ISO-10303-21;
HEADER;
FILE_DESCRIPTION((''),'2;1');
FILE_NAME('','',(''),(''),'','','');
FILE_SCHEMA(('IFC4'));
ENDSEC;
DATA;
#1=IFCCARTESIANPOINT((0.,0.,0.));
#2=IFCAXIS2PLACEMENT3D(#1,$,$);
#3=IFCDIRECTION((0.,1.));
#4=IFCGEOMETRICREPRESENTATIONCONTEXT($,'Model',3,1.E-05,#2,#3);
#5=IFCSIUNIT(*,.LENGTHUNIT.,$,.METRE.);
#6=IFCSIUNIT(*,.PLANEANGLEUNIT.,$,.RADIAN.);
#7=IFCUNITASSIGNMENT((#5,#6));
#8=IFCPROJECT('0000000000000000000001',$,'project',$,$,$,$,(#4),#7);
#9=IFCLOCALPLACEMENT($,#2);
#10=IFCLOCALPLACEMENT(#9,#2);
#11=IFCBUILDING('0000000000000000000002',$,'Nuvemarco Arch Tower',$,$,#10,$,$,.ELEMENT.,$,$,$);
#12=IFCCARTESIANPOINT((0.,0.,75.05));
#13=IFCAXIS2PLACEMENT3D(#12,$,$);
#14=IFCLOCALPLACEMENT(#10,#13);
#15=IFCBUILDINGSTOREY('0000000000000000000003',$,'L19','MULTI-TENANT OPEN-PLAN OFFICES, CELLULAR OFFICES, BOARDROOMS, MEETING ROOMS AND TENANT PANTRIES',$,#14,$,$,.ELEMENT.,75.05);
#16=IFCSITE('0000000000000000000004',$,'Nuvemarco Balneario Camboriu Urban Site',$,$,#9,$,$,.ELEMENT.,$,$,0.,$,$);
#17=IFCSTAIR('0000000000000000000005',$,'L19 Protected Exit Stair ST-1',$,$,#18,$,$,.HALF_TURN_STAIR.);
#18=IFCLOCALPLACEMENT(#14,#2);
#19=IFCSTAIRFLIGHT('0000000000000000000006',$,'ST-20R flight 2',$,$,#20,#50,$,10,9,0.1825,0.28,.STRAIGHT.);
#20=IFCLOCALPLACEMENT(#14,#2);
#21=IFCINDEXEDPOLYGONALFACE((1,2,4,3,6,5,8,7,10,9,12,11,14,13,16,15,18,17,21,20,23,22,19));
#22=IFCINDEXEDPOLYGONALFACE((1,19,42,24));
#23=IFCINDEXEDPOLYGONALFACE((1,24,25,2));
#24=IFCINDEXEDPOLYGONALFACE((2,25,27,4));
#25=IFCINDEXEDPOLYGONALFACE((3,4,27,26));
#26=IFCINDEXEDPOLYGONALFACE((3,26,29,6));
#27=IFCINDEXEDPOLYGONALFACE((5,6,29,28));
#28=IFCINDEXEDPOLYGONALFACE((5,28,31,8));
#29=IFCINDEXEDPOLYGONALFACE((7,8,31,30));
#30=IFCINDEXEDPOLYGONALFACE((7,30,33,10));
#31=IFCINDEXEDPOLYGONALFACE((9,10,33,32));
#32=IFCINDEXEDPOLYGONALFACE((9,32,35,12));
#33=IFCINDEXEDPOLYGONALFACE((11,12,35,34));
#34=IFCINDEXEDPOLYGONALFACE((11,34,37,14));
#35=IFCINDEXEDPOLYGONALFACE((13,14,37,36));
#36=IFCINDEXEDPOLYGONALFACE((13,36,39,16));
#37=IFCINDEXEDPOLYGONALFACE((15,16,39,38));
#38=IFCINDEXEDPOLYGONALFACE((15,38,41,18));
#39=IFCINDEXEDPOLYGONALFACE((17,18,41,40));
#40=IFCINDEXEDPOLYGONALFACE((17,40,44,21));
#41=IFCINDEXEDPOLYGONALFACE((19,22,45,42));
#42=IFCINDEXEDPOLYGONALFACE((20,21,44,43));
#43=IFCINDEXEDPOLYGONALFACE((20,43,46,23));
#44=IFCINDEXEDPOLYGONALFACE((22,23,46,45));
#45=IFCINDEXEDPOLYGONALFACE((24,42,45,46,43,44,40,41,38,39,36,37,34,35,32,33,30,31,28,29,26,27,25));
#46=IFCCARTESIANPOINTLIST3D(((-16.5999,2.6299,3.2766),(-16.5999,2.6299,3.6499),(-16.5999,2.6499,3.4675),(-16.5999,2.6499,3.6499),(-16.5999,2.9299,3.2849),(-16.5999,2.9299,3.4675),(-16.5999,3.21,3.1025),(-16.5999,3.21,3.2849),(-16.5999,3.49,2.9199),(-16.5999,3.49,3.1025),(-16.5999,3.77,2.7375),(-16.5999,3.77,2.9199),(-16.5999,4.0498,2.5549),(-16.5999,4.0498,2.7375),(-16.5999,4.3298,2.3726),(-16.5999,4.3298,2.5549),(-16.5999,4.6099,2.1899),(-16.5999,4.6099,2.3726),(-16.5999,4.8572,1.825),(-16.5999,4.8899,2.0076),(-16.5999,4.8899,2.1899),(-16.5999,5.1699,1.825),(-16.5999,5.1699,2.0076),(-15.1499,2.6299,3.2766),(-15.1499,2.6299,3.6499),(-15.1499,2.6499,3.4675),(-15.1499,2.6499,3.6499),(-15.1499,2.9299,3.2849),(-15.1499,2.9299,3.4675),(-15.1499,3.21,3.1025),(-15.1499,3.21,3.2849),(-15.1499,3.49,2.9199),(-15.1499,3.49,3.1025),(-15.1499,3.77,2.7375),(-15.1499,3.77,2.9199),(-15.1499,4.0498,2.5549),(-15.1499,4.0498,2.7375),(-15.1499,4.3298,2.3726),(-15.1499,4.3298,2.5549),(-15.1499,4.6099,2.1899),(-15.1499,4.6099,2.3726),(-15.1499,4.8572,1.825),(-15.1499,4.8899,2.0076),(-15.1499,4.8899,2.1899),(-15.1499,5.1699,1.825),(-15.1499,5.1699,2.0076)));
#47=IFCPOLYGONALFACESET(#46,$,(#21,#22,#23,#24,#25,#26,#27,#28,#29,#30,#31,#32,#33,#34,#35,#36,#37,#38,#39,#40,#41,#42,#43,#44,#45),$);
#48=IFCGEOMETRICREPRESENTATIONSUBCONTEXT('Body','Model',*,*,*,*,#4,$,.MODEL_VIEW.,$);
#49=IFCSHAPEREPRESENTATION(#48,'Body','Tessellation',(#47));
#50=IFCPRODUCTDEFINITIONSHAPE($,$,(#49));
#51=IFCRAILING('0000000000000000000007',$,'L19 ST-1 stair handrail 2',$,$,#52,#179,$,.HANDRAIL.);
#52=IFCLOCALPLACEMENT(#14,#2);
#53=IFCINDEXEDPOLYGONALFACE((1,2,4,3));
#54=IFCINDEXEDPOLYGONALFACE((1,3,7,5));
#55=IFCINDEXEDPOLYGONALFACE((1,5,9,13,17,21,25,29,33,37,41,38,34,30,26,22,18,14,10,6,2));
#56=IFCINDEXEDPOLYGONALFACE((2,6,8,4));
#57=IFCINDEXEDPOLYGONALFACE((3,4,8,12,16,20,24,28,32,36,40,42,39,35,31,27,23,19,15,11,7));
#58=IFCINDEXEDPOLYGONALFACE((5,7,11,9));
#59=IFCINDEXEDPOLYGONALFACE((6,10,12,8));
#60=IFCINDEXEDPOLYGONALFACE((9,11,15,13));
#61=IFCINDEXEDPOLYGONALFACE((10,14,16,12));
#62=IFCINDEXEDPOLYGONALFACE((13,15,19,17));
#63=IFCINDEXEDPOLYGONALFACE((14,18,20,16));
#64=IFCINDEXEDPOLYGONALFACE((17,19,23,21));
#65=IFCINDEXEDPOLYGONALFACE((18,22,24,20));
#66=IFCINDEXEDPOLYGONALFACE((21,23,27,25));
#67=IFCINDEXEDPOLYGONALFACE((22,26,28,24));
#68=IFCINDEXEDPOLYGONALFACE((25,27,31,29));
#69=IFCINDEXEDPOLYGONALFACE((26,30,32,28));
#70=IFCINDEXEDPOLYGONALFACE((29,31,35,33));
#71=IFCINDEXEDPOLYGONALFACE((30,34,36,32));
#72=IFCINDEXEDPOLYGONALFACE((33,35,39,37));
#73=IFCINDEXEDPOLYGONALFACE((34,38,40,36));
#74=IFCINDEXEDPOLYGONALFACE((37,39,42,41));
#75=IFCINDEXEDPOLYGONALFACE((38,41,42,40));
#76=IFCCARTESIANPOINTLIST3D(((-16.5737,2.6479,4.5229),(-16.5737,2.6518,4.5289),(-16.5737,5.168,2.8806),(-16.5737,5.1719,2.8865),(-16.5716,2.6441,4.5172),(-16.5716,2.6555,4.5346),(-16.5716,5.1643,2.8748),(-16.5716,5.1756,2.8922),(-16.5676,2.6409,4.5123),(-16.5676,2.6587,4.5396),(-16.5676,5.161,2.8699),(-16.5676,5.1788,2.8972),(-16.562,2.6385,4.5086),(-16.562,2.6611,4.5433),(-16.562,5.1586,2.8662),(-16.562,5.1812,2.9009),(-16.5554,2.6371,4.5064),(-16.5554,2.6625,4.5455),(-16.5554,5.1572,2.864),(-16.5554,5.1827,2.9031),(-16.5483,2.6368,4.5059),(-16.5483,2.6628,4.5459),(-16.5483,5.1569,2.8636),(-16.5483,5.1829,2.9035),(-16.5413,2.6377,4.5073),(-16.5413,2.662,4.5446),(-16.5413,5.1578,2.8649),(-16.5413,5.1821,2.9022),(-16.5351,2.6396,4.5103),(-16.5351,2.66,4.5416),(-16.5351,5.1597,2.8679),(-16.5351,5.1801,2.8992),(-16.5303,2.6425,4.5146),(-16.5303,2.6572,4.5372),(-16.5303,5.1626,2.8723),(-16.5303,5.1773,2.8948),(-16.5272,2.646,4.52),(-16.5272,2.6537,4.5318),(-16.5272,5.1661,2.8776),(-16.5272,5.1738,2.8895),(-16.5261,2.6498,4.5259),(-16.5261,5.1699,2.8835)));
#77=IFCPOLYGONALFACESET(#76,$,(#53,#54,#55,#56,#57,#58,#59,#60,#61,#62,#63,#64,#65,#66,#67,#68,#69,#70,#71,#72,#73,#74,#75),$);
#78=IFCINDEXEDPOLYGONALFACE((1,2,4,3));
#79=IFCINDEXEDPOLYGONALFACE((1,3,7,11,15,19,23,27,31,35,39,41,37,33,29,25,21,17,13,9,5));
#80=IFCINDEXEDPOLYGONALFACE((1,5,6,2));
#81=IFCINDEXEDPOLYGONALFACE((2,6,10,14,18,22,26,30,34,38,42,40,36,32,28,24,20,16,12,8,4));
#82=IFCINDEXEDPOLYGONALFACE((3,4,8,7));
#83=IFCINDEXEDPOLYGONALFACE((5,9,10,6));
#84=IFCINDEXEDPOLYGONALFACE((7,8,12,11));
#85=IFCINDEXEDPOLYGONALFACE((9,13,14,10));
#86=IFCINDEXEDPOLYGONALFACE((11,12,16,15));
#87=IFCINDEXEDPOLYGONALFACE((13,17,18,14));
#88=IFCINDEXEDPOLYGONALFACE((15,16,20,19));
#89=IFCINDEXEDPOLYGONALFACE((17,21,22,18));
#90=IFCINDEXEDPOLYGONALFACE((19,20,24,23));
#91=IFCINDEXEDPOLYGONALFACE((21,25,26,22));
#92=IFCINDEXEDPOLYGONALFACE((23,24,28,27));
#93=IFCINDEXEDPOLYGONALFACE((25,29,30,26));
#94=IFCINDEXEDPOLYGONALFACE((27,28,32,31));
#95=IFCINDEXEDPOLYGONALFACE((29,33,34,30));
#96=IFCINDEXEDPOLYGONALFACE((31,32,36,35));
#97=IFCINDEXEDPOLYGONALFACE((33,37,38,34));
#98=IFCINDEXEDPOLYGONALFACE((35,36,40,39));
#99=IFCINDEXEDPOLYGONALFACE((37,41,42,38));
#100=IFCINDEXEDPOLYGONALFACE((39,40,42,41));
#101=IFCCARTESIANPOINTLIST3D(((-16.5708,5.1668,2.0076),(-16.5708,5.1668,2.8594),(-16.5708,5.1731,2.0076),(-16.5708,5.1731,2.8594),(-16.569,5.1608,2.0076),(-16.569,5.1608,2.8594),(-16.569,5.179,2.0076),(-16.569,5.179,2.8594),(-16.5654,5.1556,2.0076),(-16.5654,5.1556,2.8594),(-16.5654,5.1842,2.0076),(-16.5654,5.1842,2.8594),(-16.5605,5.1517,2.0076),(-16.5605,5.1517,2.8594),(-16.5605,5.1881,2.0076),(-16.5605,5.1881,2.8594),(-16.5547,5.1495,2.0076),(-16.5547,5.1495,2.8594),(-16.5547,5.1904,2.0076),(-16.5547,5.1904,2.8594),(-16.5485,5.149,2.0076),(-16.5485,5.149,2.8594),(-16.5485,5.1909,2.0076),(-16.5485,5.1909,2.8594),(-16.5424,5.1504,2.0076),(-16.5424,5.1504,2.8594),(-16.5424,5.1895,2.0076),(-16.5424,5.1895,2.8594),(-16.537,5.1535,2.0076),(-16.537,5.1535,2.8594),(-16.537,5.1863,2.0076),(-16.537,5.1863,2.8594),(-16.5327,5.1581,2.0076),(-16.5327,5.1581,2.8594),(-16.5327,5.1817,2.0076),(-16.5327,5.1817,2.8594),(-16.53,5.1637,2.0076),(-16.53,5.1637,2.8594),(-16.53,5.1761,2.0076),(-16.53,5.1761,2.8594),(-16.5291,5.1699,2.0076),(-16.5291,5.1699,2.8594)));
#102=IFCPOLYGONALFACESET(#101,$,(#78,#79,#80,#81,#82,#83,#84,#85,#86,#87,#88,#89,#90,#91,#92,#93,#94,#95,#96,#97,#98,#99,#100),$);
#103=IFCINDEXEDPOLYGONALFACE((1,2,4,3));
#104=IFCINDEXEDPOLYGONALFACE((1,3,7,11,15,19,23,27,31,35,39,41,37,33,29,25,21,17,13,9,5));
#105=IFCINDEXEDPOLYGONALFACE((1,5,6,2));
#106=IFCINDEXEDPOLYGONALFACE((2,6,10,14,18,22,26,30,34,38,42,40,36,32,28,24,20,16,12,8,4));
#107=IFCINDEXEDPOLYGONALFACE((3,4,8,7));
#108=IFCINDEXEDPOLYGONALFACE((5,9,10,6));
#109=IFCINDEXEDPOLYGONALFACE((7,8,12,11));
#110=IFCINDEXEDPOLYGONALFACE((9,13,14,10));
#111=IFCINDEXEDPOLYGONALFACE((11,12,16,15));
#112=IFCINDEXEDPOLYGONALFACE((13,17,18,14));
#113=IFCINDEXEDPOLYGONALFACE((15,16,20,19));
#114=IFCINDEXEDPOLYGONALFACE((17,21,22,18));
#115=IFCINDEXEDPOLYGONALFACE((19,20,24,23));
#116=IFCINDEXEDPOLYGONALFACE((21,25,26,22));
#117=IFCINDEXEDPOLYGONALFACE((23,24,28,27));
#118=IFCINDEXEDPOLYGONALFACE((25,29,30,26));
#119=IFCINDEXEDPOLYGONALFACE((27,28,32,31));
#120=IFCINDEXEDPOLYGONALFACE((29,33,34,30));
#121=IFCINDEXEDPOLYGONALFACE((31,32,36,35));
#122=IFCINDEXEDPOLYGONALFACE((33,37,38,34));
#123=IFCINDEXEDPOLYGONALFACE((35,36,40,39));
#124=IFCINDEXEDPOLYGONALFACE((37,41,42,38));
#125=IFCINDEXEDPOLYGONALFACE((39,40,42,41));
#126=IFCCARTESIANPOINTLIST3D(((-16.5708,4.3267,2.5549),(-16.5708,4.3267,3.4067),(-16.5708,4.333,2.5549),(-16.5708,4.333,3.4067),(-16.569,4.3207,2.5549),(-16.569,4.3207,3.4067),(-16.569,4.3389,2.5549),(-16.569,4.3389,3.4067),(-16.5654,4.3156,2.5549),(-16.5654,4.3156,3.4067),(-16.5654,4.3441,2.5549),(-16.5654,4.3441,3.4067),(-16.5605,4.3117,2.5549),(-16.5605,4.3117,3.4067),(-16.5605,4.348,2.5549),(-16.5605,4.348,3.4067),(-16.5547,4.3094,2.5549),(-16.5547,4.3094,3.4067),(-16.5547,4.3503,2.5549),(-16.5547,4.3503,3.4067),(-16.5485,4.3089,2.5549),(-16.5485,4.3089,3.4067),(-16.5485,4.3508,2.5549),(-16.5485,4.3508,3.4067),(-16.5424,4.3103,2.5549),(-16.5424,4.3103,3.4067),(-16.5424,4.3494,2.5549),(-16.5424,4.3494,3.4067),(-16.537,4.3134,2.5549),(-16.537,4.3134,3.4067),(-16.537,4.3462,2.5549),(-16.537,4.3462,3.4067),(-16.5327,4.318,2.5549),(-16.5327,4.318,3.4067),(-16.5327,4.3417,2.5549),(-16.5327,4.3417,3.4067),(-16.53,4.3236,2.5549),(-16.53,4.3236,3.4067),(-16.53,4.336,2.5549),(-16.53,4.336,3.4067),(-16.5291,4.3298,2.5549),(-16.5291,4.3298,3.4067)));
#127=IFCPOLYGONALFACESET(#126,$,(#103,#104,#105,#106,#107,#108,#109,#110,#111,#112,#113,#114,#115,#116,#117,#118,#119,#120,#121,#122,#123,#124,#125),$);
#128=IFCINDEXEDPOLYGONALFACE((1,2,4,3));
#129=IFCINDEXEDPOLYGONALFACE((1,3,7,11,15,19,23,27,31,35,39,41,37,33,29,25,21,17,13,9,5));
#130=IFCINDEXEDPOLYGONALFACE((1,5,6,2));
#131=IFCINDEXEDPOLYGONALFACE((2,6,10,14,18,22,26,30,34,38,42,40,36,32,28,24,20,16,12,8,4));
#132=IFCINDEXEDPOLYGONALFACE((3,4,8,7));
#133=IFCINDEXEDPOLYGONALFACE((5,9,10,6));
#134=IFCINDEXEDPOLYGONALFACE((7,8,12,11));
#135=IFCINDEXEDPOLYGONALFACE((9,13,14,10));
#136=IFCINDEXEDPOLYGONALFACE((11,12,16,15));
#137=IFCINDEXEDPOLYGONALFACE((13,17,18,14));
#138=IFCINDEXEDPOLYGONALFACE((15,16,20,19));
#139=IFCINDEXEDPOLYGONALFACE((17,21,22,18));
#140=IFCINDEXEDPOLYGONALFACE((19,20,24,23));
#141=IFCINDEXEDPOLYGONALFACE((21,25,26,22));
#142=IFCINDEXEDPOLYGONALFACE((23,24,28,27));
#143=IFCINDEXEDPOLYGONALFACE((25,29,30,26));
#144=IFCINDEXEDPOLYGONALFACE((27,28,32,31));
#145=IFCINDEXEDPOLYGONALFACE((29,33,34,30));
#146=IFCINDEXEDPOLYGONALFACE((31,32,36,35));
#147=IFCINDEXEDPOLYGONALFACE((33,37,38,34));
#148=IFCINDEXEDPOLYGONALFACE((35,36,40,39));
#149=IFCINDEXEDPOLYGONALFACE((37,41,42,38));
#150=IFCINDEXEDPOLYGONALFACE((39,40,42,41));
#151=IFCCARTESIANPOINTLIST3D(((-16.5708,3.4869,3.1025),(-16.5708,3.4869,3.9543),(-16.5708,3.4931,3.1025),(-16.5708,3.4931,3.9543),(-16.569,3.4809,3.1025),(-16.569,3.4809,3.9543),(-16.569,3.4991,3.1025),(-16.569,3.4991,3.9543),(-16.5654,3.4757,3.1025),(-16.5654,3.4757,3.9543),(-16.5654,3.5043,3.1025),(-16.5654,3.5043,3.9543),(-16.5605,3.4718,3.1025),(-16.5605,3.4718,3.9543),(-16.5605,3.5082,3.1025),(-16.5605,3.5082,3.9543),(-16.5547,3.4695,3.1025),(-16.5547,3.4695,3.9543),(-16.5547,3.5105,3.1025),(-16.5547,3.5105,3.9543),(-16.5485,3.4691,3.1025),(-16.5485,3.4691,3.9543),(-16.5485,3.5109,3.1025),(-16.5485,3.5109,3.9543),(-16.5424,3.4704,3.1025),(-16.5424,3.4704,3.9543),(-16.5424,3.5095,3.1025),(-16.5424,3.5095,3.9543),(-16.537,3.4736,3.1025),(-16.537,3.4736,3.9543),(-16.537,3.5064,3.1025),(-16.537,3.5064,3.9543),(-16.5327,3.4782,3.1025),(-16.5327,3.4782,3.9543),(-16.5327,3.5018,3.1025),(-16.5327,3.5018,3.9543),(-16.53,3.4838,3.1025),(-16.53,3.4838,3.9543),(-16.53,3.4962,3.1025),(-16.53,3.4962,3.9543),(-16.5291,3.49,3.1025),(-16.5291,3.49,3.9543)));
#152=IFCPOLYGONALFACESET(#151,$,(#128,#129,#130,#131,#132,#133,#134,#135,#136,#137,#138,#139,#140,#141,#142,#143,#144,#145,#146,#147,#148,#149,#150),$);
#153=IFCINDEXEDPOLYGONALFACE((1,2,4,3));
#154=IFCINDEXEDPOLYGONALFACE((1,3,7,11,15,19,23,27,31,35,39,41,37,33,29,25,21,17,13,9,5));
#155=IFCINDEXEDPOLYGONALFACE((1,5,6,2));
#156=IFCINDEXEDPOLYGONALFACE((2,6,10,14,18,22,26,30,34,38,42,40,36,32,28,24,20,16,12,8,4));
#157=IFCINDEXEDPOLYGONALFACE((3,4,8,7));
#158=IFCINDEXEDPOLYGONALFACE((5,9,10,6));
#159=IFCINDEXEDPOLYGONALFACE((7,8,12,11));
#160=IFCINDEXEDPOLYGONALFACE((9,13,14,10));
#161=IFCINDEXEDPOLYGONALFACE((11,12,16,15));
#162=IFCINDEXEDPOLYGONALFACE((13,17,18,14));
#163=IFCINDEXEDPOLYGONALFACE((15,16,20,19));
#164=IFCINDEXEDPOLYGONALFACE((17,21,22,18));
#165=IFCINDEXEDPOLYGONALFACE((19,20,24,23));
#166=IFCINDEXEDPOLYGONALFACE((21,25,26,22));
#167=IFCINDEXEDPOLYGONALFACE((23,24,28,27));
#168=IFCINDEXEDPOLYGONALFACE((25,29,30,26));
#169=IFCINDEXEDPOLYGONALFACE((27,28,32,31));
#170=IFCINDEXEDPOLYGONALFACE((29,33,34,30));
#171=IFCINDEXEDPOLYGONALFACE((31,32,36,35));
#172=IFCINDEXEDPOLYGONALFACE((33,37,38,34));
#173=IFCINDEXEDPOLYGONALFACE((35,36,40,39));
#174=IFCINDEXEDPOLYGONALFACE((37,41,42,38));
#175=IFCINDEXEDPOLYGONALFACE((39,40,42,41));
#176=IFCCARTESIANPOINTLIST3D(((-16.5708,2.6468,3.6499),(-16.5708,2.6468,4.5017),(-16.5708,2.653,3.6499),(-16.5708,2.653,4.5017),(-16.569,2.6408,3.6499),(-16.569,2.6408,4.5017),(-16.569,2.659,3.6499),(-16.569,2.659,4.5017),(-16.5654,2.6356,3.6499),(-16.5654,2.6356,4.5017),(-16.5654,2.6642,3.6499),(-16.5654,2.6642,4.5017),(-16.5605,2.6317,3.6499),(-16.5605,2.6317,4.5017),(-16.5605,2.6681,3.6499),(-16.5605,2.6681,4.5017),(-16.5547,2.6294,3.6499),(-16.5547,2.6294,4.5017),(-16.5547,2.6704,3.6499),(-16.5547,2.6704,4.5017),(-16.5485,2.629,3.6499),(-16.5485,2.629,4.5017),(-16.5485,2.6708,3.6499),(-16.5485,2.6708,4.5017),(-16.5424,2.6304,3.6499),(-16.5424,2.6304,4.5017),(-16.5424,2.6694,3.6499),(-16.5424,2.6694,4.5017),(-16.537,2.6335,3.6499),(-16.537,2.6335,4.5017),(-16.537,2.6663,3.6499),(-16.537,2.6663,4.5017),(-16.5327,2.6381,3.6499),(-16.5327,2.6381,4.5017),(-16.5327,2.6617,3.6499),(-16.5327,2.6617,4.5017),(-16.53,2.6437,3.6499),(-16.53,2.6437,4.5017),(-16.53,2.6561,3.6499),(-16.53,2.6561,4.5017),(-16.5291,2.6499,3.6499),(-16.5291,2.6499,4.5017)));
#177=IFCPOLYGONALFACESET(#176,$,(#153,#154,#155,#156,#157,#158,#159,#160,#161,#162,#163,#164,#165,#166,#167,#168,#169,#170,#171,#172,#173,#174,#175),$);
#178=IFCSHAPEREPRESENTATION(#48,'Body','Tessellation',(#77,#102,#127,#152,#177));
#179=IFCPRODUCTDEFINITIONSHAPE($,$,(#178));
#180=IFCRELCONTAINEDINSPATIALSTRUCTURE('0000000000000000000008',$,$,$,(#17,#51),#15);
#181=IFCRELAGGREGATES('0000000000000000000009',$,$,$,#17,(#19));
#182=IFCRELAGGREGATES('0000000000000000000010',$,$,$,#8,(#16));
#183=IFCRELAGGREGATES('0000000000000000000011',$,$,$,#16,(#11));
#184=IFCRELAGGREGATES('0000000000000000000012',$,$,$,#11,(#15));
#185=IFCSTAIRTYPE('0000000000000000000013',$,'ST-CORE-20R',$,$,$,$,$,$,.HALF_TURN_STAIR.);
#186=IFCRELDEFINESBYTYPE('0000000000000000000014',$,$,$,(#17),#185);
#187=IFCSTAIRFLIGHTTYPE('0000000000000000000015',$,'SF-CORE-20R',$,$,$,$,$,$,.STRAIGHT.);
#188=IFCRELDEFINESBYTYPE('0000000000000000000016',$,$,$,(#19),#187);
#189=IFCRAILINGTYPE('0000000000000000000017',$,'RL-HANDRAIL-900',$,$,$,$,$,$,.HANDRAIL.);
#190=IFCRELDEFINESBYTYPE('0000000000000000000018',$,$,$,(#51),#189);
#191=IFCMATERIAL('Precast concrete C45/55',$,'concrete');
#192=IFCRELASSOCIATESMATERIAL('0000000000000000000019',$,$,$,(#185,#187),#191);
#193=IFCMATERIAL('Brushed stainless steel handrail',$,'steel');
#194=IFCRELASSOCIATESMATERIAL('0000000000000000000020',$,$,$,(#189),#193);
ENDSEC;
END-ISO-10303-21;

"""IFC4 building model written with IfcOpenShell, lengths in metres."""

from ifc_helpers import new_model, si_unit, direction, frame, origin, origin_2d, place, context, subcontext, project, spatial, polyline, circle, outline, extrude, material, type_object, element, aggregate, save


model = new_model("IFC4")

# Units and contexts
model_context = context("Model", 3, precision=1e-05, world=origin(), true_north=direction((0.0, 1.0)))
body_context = subcontext(model_context, "Body", "Model", "MODEL_VIEW")
ifc_project = project(units=[si_unit("LENGTHUNIT", "METRE"), si_unit("PLANEANGLEUNIT", "RADIAN")], contexts=[model_context])

# Site, building, storey
site_placement = place(None, origin())
site = spatial("IfcSite", under=ifc_project, at=site_placement, Name="Nuvemarco Balneario Camboriu Urban Site", CompositionType="ELEMENT", RefElevation=0.0)
building_placement = place(site_placement, origin())
building = spatial("IfcBuilding", under=site, at=building_placement, Name="Nuvemarco Arch Tower", CompositionType="ELEMENT")
storey_placement = place(building_placement, frame((0.0, 0.0, 75.05)))
storey = spatial("IfcBuildingStorey", under=building, at=storey_placement, Name="L19", Description="MULTI-TENANT OPEN-PLAN OFFICES, CELLULAR OFFICES, BOARDROOMS, MEETING ROOMS AND TENANT PANTRIES", CompositionType="ELEMENT", Elevation=75.05)

# Shared definitions
ifc_material_1 = material(Name="Precast concrete C45/55", Category="concrete")

# Stair, stair flight
stair_type = type_object("IfcStairType", Name="ST-CORE-20R", PredefinedType="HALF_TURN_STAIR", material=ifc_material_1)
stair_placement = place(storey_placement, origin())
stair = element("IfcStair", 1, at=stair_placement, inside=storey, type_object=stair_type, Name="L19 Protected Exit Stair ST-1", PredefinedType="HALF_TURN_STAIR")
stair_flight_type = type_object("IfcStairFlightType", Name="SF-CORE-20R", PredefinedType="STRAIGHT", material=ifc_material_1)
stair_flight_placement = place(storey_placement, frame((-15.875, 5.1699, 1.825), z_axis=(0.0, 0.0, 1.0), x_axis=(0.0, -1.0, 0.0)))
stair_flight = element("IfcStairFlight", 2, at=stair_flight_placement, type_object=stair_flight_type, Name="ST-20R flight 2", NumberOfRisers=10, NumberOfTreads=9, PredefinedType="STRAIGHT", RiserHeight=0.1825, TreadLength=0.28, context=body_context, shape_type="SweptSolid", body=[
    extrude(outline(polyline([(0.0, 0.0), (0.0, 0.1826), (0.28, 0.1826), (0.28, 0.365), (0.5601, 0.365), (0.5601, 0.5476), (0.8401, 0.5476), (0.8401, 0.73), (1.1201, 0.73), (1.1201, 0.9126), (1.3999, 0.9126), (1.3999, 1.095), (1.6799, 1.095), (1.6799, 1.2776), (1.96, 1.2776), (1.96, 1.46), (2.24, 1.46), (2.24, 1.6426), (2.52, 1.6426), (2.52, 1.825), (2.54, 1.825), (2.54, 1.4517), (0.3127, 0.0), (0.0, 0.0)])), frame((0.0, 0.7251, 0.0), z_axis=(0.0, -1.0, 0.0), x_axis=(1.0, 0.0, 0.0)), (0.0, 0.0, 1.0), 1.45),
])
aggregate(stair, [stair_flight])

# Railing
ifc_material_2 = material(Name="Brushed stainless steel handrail", Category="steel")
railing_type_1 = type_object("IfcRailingType", Name="RL-HANDRAIL-900", PredefinedType="HANDRAIL", material=ifc_material_2)
railing_1_placement = place(storey_placement, frame((-16.55, 5.1699, 2.0076)))
element("IfcRailing", 3, at=railing_1_placement, inside=storey, type_object=railing_type_1, Name="L19 ST-1 stair handrail 2", PredefinedType="HANDRAIL", context=body_context, shape_type="SweptSolid", body=[
    extrude(circle(Radius=0.0239, at=origin_2d()), frame((0.0, 0.0, 0.876), z_axis=(0.0, -0.837787, 0.545998), x_axis=(1.0, 0.0, 0.0)), (0.0, 0.0, 1.0), 3.0081),
    extrude(circle(Radius=0.021, at=origin_2d()), origin(), (0.0, 0.0, 1.0), 0.8518),
    extrude(circle(Radius=0.021, at=origin_2d()), frame((0.0, -0.8401, 0.5474)), (0.0, 0.0, 1.0), 0.8518),
    extrude(circle(Radius=0.021, at=origin_2d()), frame((0.0, -1.6799, 1.095)), (0.0, 0.0, 1.0), 0.8518),
    extrude(circle(Radius=0.021, at=origin_2d()), frame((0.0, -2.52, 1.6423)), (0.0, 0.0, 1.0), 0.8518),
])

save(model, "model.ifc")
